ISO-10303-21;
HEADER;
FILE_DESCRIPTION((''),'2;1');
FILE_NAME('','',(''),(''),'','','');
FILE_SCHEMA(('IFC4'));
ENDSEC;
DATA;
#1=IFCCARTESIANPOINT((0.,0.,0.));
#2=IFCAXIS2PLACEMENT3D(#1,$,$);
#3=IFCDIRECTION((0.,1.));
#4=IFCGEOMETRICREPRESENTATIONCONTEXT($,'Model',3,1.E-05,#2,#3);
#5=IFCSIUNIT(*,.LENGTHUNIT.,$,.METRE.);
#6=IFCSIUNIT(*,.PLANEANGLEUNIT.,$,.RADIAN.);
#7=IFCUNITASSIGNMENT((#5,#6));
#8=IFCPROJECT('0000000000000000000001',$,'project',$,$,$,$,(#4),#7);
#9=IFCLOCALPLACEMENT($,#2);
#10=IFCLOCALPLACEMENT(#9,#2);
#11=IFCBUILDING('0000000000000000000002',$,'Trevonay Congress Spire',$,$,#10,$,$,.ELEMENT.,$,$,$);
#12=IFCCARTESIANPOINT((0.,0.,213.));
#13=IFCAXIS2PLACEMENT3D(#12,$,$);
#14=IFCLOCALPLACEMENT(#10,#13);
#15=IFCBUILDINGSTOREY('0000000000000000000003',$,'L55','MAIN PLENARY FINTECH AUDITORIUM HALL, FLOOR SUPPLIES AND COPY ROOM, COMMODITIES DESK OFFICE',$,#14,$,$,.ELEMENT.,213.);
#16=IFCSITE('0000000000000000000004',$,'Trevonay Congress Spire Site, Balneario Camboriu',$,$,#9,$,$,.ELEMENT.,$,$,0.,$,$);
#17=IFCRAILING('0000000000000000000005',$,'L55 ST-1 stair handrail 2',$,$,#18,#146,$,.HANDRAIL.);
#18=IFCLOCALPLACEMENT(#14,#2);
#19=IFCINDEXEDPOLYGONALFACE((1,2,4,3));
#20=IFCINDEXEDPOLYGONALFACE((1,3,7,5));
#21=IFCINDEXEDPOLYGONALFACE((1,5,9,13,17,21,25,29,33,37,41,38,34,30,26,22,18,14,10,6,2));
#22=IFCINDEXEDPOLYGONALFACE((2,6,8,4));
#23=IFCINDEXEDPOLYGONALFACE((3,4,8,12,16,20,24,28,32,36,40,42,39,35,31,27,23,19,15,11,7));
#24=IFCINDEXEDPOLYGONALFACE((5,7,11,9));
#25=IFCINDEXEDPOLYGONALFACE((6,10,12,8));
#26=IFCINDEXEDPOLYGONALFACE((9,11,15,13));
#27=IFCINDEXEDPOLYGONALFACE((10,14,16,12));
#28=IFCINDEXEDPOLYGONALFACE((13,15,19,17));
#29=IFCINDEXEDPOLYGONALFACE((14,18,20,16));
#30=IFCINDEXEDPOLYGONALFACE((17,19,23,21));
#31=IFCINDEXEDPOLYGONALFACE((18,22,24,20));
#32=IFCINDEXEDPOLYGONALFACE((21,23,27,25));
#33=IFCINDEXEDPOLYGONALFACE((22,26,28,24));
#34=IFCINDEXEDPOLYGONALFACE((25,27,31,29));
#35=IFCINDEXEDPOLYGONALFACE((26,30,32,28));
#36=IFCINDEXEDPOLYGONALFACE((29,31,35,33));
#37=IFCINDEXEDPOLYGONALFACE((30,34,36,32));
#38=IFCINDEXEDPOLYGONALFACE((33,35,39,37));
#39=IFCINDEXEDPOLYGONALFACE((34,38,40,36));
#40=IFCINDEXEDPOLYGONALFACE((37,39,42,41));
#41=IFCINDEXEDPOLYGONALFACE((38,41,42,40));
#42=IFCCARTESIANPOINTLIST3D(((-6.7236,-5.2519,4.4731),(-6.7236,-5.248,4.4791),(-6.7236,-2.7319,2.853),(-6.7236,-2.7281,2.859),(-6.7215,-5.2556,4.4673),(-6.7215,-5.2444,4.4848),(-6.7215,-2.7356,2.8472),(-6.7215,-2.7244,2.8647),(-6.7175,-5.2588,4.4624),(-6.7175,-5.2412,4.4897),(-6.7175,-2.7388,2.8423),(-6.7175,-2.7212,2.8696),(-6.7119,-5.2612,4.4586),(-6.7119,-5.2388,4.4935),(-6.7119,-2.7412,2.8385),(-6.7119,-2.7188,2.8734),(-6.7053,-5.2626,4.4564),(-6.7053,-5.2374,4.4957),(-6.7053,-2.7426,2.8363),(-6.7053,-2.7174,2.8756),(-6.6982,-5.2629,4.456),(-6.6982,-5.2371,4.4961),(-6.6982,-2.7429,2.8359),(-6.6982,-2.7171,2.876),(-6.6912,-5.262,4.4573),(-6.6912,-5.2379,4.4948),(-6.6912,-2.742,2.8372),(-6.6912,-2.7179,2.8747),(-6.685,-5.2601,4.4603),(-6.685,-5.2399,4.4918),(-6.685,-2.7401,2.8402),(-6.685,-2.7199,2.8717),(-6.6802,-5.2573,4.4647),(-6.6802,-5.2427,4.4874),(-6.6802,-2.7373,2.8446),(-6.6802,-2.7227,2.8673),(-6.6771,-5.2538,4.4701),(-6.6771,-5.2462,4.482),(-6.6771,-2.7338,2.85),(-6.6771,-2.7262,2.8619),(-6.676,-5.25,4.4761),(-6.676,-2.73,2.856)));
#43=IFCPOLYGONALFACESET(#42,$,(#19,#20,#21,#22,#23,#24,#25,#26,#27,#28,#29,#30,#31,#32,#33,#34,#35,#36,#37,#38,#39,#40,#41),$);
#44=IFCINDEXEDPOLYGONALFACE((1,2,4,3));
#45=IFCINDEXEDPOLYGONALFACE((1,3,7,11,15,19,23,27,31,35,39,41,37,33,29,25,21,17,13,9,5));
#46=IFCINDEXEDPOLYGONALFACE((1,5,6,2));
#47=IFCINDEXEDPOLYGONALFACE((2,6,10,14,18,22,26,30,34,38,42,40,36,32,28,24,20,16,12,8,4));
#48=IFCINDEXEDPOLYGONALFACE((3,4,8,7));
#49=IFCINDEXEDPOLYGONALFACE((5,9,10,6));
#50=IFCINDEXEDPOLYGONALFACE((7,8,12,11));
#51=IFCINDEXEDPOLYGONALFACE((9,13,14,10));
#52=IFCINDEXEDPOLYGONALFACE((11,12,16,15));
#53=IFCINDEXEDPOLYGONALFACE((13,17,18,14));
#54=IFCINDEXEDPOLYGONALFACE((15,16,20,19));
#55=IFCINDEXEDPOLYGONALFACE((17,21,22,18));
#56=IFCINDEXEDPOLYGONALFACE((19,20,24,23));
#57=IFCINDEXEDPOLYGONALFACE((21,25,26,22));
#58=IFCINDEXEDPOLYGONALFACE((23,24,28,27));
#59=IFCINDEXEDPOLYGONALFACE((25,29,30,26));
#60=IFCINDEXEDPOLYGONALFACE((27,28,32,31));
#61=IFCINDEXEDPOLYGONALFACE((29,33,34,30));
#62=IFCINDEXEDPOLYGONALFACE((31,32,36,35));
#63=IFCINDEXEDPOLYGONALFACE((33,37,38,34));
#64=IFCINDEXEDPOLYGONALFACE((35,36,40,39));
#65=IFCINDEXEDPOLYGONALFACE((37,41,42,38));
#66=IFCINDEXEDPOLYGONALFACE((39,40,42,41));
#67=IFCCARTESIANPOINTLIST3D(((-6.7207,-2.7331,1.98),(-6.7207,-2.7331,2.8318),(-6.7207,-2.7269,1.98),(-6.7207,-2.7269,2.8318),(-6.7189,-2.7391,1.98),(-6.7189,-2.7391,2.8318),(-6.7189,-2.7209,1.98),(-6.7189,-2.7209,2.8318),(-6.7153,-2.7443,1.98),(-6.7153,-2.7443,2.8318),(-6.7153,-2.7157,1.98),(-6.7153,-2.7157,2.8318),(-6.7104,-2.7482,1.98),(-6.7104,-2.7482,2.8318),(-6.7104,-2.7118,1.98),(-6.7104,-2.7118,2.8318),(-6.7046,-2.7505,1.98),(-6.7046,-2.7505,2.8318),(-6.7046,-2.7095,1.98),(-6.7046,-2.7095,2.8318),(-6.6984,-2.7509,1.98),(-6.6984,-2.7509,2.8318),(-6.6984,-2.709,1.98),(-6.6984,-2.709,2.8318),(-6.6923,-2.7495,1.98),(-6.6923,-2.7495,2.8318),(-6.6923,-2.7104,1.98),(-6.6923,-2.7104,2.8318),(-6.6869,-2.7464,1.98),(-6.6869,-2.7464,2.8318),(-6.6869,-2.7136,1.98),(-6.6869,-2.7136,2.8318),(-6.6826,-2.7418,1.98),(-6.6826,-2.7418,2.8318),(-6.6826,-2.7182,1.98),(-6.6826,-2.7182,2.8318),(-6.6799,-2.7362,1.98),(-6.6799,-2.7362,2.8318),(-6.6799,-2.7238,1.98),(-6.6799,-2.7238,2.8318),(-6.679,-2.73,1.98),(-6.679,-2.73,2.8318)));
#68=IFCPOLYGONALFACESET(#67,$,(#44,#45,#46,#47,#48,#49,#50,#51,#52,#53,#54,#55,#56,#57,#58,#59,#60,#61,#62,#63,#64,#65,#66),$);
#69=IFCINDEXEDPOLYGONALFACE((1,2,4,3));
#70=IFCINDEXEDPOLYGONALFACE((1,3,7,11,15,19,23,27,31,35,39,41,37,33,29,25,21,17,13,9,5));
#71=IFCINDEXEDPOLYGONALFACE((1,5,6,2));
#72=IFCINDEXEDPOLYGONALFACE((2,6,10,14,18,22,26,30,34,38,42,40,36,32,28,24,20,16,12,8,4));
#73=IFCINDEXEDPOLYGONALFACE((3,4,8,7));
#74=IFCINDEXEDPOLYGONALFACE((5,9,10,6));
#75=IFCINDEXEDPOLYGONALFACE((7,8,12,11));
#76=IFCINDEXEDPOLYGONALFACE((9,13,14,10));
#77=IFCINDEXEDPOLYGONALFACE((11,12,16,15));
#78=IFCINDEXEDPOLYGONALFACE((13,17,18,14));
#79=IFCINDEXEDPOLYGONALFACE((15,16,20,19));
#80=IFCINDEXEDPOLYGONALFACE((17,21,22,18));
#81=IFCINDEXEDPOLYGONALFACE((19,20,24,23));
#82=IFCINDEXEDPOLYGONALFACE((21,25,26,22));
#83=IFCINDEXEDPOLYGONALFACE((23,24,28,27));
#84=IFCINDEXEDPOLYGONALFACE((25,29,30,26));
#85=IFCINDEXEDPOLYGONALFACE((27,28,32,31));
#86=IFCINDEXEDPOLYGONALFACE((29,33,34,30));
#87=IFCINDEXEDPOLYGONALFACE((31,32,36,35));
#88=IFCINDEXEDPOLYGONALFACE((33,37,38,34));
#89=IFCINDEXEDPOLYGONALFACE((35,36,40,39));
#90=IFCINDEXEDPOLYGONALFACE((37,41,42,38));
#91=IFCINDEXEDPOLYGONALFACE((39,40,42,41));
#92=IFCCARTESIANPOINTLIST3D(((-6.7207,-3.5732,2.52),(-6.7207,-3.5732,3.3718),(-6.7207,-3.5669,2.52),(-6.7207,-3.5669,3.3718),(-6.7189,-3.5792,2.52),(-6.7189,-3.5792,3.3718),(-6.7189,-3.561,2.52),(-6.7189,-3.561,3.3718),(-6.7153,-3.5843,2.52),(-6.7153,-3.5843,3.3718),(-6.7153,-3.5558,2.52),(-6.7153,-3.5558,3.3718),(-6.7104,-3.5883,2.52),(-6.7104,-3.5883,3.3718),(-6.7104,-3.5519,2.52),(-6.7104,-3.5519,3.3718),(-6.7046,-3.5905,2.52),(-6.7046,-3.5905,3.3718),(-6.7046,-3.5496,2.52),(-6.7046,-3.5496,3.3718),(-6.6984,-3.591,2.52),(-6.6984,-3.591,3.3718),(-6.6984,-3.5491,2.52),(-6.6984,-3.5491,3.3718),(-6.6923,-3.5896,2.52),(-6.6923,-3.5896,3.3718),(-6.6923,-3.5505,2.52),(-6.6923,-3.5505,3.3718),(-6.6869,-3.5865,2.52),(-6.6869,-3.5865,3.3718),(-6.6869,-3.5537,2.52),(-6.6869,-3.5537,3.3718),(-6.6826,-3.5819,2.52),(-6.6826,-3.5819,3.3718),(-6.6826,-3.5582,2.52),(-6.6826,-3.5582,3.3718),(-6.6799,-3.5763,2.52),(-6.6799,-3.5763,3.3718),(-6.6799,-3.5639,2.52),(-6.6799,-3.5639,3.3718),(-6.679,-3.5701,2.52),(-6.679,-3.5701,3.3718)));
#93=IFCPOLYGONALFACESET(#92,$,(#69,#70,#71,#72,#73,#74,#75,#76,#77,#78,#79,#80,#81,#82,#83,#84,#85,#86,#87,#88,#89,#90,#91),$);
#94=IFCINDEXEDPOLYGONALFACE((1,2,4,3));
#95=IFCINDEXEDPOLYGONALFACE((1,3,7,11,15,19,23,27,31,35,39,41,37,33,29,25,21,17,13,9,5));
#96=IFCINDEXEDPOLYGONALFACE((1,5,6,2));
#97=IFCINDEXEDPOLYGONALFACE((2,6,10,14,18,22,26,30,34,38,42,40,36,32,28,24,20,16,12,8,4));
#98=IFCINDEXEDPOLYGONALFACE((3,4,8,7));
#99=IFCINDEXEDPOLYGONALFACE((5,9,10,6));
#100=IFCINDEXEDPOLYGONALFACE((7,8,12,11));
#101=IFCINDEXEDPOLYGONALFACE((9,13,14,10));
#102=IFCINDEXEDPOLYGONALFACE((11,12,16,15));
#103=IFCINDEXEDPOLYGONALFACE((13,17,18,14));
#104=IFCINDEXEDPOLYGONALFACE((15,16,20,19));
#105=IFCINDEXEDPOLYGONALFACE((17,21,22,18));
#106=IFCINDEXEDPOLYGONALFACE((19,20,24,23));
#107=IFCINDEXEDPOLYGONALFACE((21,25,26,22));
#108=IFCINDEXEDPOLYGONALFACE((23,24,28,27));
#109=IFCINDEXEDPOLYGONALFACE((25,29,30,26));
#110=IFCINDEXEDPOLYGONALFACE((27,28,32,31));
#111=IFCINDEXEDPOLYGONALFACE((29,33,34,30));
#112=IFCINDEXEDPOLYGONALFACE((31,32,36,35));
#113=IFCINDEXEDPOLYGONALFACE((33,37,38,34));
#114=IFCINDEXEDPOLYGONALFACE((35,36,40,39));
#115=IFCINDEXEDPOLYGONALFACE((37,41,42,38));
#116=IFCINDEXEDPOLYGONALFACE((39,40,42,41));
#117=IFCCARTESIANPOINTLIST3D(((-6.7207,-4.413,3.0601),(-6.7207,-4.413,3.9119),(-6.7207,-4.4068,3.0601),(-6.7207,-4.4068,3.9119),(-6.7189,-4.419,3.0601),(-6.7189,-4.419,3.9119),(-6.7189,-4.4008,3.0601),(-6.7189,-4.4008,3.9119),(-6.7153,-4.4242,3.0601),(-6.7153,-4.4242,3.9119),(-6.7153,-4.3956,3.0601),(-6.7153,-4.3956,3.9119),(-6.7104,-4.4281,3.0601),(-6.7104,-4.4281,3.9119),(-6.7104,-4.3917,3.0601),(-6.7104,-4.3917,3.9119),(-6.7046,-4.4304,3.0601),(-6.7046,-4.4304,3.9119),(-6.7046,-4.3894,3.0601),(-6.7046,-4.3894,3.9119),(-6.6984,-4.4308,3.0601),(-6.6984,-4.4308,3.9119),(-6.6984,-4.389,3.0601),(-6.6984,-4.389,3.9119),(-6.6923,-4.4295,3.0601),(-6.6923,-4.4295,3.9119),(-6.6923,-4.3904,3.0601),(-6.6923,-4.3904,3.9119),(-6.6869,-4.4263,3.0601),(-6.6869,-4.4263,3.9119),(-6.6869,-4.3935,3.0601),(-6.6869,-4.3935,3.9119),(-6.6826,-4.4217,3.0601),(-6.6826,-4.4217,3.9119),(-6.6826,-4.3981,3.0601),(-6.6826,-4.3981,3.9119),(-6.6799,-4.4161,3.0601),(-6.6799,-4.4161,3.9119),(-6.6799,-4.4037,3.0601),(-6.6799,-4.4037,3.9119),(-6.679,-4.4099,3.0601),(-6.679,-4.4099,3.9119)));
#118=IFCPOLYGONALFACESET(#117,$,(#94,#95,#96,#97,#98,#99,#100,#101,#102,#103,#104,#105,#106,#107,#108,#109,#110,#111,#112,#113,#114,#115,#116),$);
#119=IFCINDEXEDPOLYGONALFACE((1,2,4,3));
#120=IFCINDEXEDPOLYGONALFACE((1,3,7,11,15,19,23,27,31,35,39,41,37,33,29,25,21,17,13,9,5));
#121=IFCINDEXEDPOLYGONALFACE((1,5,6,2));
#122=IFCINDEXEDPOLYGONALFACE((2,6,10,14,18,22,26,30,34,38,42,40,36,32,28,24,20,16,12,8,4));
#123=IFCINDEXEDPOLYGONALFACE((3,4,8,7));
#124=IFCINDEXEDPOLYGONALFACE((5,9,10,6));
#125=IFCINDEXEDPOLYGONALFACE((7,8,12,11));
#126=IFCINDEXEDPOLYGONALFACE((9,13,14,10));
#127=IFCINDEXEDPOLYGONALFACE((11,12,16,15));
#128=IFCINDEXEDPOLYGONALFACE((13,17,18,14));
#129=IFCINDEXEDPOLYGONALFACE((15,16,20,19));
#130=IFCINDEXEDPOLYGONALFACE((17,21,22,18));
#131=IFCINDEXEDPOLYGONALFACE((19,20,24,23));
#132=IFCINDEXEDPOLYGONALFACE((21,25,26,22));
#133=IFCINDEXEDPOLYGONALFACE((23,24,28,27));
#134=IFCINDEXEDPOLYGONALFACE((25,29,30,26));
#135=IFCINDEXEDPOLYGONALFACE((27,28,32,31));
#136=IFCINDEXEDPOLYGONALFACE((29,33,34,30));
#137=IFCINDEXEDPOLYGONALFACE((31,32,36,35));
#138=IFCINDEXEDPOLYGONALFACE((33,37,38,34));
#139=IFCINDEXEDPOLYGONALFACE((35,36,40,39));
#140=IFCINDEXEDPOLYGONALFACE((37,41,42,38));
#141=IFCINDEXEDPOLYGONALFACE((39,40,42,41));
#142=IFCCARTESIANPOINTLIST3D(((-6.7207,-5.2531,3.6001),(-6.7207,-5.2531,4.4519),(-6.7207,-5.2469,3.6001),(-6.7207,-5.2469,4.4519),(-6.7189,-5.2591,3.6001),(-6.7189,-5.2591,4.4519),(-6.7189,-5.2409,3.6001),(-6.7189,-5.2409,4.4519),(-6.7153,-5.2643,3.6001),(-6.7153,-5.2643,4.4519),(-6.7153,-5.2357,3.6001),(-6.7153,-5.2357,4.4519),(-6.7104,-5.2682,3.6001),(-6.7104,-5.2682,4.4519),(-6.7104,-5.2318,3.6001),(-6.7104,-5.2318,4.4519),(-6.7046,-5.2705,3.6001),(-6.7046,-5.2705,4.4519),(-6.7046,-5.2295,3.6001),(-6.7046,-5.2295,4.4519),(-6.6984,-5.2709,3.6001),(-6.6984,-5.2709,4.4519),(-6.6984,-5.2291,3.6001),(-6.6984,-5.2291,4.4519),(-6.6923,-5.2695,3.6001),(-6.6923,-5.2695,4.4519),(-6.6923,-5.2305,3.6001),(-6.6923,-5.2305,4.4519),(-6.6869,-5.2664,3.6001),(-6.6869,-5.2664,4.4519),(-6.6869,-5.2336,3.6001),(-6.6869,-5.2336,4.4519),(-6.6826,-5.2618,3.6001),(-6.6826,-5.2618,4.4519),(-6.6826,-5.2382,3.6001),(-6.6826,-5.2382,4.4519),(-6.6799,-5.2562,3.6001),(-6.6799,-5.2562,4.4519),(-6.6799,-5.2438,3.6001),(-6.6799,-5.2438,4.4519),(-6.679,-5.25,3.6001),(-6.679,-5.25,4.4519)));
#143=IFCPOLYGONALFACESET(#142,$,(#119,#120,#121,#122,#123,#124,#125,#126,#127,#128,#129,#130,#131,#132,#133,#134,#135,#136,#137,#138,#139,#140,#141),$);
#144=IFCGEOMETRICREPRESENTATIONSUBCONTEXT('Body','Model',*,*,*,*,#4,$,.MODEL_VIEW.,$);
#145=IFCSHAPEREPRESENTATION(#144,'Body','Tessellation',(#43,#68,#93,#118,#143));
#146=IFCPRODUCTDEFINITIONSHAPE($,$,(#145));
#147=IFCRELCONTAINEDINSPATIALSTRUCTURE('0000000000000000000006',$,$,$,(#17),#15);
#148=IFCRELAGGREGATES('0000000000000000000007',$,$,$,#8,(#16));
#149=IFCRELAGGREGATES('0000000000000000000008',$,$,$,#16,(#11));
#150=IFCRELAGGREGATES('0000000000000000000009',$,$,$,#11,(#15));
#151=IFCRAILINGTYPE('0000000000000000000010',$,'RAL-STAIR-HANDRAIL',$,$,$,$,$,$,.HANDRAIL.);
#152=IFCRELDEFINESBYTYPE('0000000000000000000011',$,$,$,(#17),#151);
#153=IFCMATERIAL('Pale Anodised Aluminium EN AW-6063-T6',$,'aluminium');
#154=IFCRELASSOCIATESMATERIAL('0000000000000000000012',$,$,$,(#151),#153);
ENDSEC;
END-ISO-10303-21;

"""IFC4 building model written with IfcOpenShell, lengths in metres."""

from ifc_helpers import new_model, si_unit, direction, frame, origin, origin_2d, place, context, subcontext, project, spatial, circle, extrude, material, type_object, element, save


model = new_model("IFC4")

# Units and contexts
model_context = context("Model", 3, precision=1e-05, world=origin(), true_north=direction((0.0, 1.0)))
body_context = subcontext(model_context, "Body", "Model", "MODEL_VIEW")
ifc_project = project(units=[si_unit("LENGTHUNIT", "METRE"), si_unit("PLANEANGLEUNIT", "RADIAN")], contexts=[model_context])

# Site, building, storey
site_placement = place(None, origin())
site = spatial("IfcSite", under=ifc_project, at=site_placement, Name="Trevonay Congress Spire Site, Balneario Camboriu", CompositionType="ELEMENT", RefElevation=0.0)
building_placement = place(site_placement, origin())
building = spatial("IfcBuilding", under=site, at=building_placement, Name="Trevonay Congress Spire", CompositionType="ELEMENT")
storey_placement = place(building_placement, frame((0.0, 0.0, 213.0)))
storey = spatial("IfcBuildingStorey", under=building, at=storey_placement, Name="L55", Description="MAIN PLENARY FINTECH AUDITORIUM HALL, FLOOR SUPPLIES AND COPY ROOM, COMMODITIES DESK OFFICE", CompositionType="ELEMENT", Elevation=213.0)

# Railing
ifc_material_1 = material(Name="Pale Anodised Aluminium EN AW-6063-T6", Category="aluminium")
railing_type_1 = type_object("IfcRailingType", Name="RAL-STAIR-HANDRAIL", PredefinedType="HANDRAIL", material=ifc_material_1)
railing_1_placement = place(storey_placement, frame((-6.7, -2.73, 1.98)))
element("IfcRailing", 1, at=railing_1_placement, inside=storey, type_object=railing_type_1, Name="L55 ST-1 stair handrail 2", PredefinedType="HANDRAIL", context=body_context, shape_type="SweptSolid", body=[
    extrude(circle(Radius=0.0239, at=origin_2d()), frame((0.0, 0.0, 0.876), z_axis=(0.0, -0.841163, 0.540782), x_axis=(1.0, 0.0, 0.0)), (0.0, 0.0, 1.0), 2.9958),
    extrude(circle(Radius=0.021, at=origin_2d()), origin(), (0.0, 0.0, 1.0), 0.8518),
    extrude(circle(Radius=0.021, at=origin_2d()), frame((0.0, -0.8401, 0.54)), (0.0, 0.0, 1.0), 0.8518),
    extrude(circle(Radius=0.021, at=origin_2d()), frame((0.0, -1.6799, 1.0801)), (0.0, 0.0, 1.0), 0.8518),
    extrude(circle(Radius=0.021, at=origin_2d()), frame((0.0, -2.52, 1.6201)), (0.0, 0.0, 1.0), 0.8518),
])

save(model, "model.ifc")
